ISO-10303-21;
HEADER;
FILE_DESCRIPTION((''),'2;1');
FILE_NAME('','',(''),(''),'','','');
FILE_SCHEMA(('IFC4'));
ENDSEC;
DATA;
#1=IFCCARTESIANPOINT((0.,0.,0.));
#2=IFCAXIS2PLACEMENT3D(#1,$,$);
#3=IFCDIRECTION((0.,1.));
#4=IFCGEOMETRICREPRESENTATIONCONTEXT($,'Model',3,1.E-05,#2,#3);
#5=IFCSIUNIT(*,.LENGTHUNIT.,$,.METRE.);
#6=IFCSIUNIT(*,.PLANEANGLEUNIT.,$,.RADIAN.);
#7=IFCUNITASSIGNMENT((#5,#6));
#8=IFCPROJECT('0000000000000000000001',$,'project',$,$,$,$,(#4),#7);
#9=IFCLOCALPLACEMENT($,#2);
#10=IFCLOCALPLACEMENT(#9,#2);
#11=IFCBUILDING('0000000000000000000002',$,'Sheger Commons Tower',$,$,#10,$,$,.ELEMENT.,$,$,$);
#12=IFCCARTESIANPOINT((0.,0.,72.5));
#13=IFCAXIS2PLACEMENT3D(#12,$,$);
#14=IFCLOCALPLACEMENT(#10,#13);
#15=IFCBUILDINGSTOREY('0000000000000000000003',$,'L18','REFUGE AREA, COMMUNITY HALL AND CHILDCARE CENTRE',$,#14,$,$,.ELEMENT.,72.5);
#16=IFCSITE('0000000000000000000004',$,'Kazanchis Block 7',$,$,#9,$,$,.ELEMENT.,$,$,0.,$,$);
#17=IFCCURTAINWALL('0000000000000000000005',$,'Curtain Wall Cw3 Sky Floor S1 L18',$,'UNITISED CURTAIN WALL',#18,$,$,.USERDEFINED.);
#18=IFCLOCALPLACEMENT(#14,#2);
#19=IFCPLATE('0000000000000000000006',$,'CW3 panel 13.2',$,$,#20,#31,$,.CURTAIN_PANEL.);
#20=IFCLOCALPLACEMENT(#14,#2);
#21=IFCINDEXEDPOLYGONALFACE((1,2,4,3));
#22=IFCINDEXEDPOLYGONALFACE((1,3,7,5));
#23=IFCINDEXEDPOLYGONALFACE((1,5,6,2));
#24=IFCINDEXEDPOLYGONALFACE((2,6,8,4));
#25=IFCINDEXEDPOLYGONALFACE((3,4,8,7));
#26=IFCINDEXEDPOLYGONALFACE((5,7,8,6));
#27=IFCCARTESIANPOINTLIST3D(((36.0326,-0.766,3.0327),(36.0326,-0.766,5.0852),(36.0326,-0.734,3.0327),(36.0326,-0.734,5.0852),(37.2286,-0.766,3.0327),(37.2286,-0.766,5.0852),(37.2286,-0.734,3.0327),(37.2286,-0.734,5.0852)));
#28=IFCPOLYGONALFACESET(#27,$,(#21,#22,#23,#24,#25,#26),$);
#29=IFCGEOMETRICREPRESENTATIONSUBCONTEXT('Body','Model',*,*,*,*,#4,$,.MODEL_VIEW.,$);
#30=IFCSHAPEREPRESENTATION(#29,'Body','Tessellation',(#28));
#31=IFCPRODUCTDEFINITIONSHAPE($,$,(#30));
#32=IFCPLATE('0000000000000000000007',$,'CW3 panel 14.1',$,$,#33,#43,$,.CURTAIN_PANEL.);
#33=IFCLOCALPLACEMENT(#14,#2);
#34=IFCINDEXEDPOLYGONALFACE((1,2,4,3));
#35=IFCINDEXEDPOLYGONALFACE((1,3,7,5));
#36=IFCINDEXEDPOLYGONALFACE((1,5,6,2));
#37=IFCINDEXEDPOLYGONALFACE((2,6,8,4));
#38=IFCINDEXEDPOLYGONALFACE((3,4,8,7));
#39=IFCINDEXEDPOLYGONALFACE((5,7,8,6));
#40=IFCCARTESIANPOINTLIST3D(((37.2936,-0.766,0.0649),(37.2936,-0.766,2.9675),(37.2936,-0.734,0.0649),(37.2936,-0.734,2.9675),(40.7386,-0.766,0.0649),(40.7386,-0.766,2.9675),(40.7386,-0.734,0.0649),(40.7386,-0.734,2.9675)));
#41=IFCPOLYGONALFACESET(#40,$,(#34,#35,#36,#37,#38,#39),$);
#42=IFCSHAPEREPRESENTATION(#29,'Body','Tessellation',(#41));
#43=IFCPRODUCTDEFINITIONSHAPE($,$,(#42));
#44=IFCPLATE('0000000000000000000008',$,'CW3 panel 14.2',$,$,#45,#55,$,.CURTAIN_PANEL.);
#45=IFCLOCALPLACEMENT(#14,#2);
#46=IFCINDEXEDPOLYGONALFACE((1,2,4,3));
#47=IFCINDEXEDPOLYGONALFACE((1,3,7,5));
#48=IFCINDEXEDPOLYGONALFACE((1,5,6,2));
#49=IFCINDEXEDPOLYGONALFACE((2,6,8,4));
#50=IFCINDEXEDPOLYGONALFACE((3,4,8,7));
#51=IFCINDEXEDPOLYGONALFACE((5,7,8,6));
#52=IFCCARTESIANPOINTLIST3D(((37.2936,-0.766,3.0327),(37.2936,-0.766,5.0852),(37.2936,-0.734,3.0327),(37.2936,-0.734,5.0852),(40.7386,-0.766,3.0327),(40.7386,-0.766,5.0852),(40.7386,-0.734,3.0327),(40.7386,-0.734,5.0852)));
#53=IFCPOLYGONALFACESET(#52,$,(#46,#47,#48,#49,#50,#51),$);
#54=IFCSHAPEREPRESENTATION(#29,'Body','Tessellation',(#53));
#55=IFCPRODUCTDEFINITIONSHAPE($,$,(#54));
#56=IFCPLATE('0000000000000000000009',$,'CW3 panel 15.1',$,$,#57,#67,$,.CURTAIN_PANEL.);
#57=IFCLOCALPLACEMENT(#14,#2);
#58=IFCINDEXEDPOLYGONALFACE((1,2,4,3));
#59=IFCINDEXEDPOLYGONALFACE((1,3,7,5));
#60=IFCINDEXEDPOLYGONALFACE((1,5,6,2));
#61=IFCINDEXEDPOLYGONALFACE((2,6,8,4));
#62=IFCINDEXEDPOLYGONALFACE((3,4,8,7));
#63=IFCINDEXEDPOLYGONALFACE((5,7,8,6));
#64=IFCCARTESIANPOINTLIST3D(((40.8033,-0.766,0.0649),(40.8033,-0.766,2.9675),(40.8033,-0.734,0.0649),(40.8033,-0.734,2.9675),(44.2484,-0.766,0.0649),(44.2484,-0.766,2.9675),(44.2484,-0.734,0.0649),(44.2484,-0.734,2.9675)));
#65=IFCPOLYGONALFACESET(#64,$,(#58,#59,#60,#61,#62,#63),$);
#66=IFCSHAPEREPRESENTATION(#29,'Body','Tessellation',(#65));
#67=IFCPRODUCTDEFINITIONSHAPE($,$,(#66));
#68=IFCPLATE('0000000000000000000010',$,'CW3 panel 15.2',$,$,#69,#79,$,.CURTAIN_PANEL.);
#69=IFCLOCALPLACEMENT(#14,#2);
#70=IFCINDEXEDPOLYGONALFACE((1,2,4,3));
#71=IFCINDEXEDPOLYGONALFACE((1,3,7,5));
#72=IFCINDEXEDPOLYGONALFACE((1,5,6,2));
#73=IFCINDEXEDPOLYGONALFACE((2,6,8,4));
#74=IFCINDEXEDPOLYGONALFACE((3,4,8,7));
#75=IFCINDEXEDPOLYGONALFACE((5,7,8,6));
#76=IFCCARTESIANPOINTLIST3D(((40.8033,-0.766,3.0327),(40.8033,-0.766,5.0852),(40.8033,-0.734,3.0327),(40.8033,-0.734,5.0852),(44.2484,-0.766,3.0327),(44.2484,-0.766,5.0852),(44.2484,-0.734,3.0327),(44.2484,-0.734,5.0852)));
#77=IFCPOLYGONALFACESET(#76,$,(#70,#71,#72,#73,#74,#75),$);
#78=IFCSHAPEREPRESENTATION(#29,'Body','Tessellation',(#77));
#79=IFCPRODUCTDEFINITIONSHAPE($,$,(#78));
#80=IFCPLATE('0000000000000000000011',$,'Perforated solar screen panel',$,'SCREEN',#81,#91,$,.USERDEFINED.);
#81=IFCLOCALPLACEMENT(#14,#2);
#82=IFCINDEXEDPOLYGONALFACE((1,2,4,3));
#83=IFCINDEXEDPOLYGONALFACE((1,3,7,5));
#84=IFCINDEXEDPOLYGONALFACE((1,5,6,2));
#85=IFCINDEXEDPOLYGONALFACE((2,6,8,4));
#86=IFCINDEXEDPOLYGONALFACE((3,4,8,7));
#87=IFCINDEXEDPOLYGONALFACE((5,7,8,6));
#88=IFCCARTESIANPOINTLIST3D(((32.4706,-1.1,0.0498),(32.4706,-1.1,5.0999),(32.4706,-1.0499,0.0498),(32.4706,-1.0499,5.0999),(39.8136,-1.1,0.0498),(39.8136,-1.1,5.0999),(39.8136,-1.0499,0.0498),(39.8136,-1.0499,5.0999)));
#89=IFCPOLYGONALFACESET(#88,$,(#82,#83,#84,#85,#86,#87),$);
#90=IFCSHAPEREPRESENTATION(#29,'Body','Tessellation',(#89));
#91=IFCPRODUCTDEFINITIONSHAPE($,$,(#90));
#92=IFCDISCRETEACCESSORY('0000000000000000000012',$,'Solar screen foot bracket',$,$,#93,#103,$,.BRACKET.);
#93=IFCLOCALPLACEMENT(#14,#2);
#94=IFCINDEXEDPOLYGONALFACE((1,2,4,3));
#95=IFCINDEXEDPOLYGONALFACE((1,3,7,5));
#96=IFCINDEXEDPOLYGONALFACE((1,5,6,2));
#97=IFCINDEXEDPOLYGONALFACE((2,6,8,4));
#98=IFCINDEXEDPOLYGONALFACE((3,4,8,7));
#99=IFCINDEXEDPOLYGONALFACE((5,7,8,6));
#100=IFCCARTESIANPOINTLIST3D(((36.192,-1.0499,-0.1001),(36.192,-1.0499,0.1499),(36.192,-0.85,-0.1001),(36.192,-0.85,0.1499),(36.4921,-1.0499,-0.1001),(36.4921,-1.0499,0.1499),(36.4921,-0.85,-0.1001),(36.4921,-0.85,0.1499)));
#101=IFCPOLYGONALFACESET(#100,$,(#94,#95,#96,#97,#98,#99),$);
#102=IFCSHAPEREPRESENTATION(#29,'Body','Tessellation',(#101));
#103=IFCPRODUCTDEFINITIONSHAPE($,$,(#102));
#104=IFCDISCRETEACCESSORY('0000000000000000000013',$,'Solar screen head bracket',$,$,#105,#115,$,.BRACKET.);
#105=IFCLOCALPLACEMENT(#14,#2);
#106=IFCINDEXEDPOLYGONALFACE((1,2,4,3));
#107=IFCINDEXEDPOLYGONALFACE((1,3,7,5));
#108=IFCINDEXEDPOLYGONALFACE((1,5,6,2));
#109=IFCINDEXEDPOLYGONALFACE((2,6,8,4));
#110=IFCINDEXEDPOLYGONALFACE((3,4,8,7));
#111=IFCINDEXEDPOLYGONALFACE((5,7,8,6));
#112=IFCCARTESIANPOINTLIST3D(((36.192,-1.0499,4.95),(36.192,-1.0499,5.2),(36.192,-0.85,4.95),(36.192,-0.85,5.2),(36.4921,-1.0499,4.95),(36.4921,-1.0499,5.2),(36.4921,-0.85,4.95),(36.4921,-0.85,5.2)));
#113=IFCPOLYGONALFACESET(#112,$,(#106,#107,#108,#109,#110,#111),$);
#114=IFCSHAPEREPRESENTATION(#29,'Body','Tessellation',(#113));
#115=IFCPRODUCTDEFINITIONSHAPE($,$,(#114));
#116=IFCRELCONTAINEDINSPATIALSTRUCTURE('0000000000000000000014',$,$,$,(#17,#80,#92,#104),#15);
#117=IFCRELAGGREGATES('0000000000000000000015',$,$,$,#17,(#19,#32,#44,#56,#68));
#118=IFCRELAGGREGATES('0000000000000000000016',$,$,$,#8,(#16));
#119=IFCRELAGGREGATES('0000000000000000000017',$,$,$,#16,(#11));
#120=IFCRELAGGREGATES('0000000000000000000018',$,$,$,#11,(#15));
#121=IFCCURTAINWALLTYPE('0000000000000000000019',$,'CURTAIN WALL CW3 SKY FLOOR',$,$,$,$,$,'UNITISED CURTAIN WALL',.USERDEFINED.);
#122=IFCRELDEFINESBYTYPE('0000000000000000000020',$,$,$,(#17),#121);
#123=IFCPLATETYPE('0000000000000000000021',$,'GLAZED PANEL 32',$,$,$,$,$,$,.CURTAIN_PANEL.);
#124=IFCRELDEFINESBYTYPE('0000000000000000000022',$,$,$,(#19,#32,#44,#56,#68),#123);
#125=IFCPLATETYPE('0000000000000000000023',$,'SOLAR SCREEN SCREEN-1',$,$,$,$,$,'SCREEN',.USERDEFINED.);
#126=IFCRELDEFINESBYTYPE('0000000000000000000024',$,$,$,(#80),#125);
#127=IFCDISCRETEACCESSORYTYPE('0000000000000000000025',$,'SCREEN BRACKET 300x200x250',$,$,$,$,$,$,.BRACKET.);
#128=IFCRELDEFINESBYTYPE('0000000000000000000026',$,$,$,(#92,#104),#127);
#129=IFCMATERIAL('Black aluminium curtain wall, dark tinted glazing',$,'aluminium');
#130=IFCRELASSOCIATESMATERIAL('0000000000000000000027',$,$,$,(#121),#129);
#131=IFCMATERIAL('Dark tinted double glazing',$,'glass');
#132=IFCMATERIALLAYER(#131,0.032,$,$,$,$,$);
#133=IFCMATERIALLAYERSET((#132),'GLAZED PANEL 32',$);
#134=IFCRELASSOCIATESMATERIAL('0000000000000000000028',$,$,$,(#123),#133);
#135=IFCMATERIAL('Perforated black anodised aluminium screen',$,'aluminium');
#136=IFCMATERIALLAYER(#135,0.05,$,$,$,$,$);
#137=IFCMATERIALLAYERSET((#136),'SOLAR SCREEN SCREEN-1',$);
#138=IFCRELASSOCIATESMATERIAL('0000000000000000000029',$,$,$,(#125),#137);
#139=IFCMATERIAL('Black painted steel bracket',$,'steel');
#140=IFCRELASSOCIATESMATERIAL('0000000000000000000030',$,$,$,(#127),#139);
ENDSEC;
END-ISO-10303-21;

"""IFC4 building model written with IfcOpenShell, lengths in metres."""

from ifc_helpers import new_model, si_unit, direction, frame, origin, origin_2d, place, context, subcontext, project, spatial, rectangle, extrude, material, layer, layer_set, type_object, element, aggregate, save


model = new_model("IFC4")

# Units and contexts
model_context = context("Model", 3, precision=1e-05, world=origin(), true_north=direction((0.0, 1.0)))
body_context = subcontext(model_context, "Body", "Model", "MODEL_VIEW")
ifc_project = project(units=[si_unit("LENGTHUNIT", "METRE"), si_unit("PLANEANGLEUNIT", "RADIAN")], contexts=[model_context])

# Site, building, storey
site_placement = place(None, origin())
site = spatial("IfcSite", under=ifc_project, at=site_placement, Name="Kazanchis Block 7", CompositionType="ELEMENT", RefElevation=0.0)
building_placement = place(site_placement, origin())
building = spatial("IfcBuilding", under=site, at=building_placement, Name="Sheger Commons Tower", CompositionType="ELEMENT")
storey_placement = place(building_placement, frame((0.0, 0.0, 72.5)))
storey = spatial("IfcBuildingStorey", under=building, at=storey_placement, Name="L18", Description="REFUGE AREA, COMMUNITY HALL AND CHILDCARE CENTRE", CompositionType="ELEMENT", Elevation=72.5)

# Curtain wall
ifc_material_1 = material(Name="Black aluminium curtain wall, dark tinted glazing", Category="aluminium")
curtain_wall_type = type_object("IfcCurtainWallType", Name="CURTAIN WALL CW3 SKY FLOOR", ElementType="UNITISED CURTAIN WALL", PredefinedType="USERDEFINED", material=ifc_material_1)
curtain_wall_placement = place(storey_placement, origin())
curtain_wall = element("IfcCurtainWall", 1, at=curtain_wall_placement, inside=storey, type_object=curtain_wall_type, Name="Curtain Wall Cw3 Sky Floor S1 L18", ObjectType="UNITISED CURTAIN WALL", PredefinedType="USERDEFINED")

# Plates
ifc_material_2 = material(Name="Dark tinted double glazing", Category="glass")
ifc_layer_1 = layer(ifc_material_2, 0.032)
ifc_layer_set_1 = layer_set([ifc_layer_1], Name="GLAZED PANEL 32")
plate_type_1 = type_object("IfcPlateType", Name="GLAZED PANEL 32", PredefinedType="CURTAIN_PANEL", material=ifc_layer_set_1)
plate_1_placement = place(storey_placement, frame((36.6306, -0.75, 3.0327), z_axis=(0.0, 0.0, 1.0), x_axis=(1.0, 0.0, 0.0)))
plate_1 = element("IfcPlate", 2, at=plate_1_placement, type_object=plate_type_1, Name="CW3 panel 13.2", PredefinedType="CURTAIN_PANEL", context=body_context, shape_type="SweptSolid", body=[
    extrude(rectangle(XDim=1.196, YDim=0.032, at=origin_2d()), origin(), (0.0, 0.0, 1.0), 2.0525),
])
plate_2_placement = place(storey_placement, frame((39.0161, -0.75, 0.0649), z_axis=(0.0, 0.0, 1.0), x_axis=(1.0, 0.0, 0.0)))
plate_2 = element("IfcPlate", 3, at=plate_2_placement, type_object=plate_type_1, Name="CW3 panel 14.1", PredefinedType="CURTAIN_PANEL", context=body_context, shape_type="SweptSolid", body=[
    extrude(rectangle(XDim=3.4451, YDim=0.032, at=origin_2d()), origin(), (0.0, 0.0, 1.0), 2.9026),
])
plate_3_placement = place(storey_placement, frame((39.0161, -0.75, 3.0327), z_axis=(0.0, 0.0, 1.0), x_axis=(1.0, 0.0, 0.0)))
plate_3 = element("IfcPlate", 4, at=plate_3_placement, type_object=plate_type_1, Name="CW3 panel 14.2", PredefinedType="CURTAIN_PANEL", context=body_context, shape_type="SweptSolid", body=[
    extrude(rectangle(XDim=3.4451, YDim=0.032, at=origin_2d()), origin(), (0.0, 0.0, 1.0), 2.0525),
])
plate_4_placement = place(storey_placement, frame((42.5259, -0.75, 0.0649), z_axis=(0.0, 0.0, 1.0), x_axis=(1.0, 0.0, 0.0)))
plate_4 = element("IfcPlate", 5, at=plate_4_placement, type_object=plate_type_1, Name="CW3 panel 15.1", PredefinedType="CURTAIN_PANEL", context=body_context, shape_type="SweptSolid", body=[
    extrude(rectangle(XDim=3.4451, YDim=0.032, at=origin_2d()), origin(), (0.0, 0.0, 1.0), 2.9026),
])
plate_5_placement = place(storey_placement, frame((42.5259, -0.75, 3.0327), z_axis=(0.0, 0.0, 1.0), x_axis=(1.0, 0.0, 0.0)))
plate_5 = element("IfcPlate", 6, at=plate_5_placement, type_object=plate_type_1, Name="CW3 panel 15.2", PredefinedType="CURTAIN_PANEL", context=body_context, shape_type="SweptSolid", body=[
    extrude(rectangle(XDim=3.4451, YDim=0.032, at=origin_2d()), origin(), (0.0, 0.0, 1.0), 2.0525),
])
aggregate(curtain_wall, [plate_1, plate_2, plate_3, plate_4, plate_5])
ifc_material_3 = material(Name="Perforated black anodised aluminium screen", Category="aluminium")
ifc_layer_2 = layer(ifc_material_3, 0.05)
ifc_layer_set_2 = layer_set([ifc_layer_2], Name="SOLAR SCREEN SCREEN-1")
plate_type_2 = type_object("IfcPlateType", Name="SOLAR SCREEN SCREEN-1", ElementType="SCREEN", PredefinedType="USERDEFINED", material=ifc_layer_set_2)
plate_6_placement = place(storey_placement, frame((36.1421, -1.075, 0.0498), z_axis=(0.0, 0.0, 1.0), x_axis=(1.0, 0.0, 0.0)))
element("IfcPlate", 7, at=plate_6_placement, inside=storey, type_object=plate_type_2, Name="Perforated solar screen panel", ObjectType="SCREEN", PredefinedType="USERDEFINED", context=body_context, shape_type="SweptSolid", body=[
    extrude(rectangle(XDim=7.343, YDim=0.05, at=origin_2d()), origin(), (0.0, 0.0, 1.0), 5.05),
])

# Discrete accessories
ifc_material_4 = material(Name="Black painted steel bracket", Category="steel")
discrete_accessory_type = type_object("IfcDiscreteAccessoryType", Name="SCREEN BRACKET 300x200x250", PredefinedType="BRACKET", material=ifc_material_4)
for number, where, z_axis, x_axis, name in (
    (8, (36.342, -0.95, -0.1001), (0.0, 0.0, 1.0), (1.0, 0.0, 0.0), "Solar screen foot bracket"),
    (9, (36.342, -0.95, 4.95), (0.0, 0.0, 1.0), (1.0, 0.0, 0.0), "Solar screen head bracket"),
):
    element("IfcDiscreteAccessory", number, at=place(storey_placement, frame(where, z_axis=z_axis, x_axis=x_axis)), inside=storey, type_object=discrete_accessory_type, Name=name, PredefinedType="BRACKET", context=body_context, shape_type="SweptSolid", body=[
        extrude(rectangle(XDim=0.3, YDim=0.2, at=origin_2d()), origin(), (0.0, 0.0, 1.0), 0.25),
    ])

save(model, "model.ifc")
